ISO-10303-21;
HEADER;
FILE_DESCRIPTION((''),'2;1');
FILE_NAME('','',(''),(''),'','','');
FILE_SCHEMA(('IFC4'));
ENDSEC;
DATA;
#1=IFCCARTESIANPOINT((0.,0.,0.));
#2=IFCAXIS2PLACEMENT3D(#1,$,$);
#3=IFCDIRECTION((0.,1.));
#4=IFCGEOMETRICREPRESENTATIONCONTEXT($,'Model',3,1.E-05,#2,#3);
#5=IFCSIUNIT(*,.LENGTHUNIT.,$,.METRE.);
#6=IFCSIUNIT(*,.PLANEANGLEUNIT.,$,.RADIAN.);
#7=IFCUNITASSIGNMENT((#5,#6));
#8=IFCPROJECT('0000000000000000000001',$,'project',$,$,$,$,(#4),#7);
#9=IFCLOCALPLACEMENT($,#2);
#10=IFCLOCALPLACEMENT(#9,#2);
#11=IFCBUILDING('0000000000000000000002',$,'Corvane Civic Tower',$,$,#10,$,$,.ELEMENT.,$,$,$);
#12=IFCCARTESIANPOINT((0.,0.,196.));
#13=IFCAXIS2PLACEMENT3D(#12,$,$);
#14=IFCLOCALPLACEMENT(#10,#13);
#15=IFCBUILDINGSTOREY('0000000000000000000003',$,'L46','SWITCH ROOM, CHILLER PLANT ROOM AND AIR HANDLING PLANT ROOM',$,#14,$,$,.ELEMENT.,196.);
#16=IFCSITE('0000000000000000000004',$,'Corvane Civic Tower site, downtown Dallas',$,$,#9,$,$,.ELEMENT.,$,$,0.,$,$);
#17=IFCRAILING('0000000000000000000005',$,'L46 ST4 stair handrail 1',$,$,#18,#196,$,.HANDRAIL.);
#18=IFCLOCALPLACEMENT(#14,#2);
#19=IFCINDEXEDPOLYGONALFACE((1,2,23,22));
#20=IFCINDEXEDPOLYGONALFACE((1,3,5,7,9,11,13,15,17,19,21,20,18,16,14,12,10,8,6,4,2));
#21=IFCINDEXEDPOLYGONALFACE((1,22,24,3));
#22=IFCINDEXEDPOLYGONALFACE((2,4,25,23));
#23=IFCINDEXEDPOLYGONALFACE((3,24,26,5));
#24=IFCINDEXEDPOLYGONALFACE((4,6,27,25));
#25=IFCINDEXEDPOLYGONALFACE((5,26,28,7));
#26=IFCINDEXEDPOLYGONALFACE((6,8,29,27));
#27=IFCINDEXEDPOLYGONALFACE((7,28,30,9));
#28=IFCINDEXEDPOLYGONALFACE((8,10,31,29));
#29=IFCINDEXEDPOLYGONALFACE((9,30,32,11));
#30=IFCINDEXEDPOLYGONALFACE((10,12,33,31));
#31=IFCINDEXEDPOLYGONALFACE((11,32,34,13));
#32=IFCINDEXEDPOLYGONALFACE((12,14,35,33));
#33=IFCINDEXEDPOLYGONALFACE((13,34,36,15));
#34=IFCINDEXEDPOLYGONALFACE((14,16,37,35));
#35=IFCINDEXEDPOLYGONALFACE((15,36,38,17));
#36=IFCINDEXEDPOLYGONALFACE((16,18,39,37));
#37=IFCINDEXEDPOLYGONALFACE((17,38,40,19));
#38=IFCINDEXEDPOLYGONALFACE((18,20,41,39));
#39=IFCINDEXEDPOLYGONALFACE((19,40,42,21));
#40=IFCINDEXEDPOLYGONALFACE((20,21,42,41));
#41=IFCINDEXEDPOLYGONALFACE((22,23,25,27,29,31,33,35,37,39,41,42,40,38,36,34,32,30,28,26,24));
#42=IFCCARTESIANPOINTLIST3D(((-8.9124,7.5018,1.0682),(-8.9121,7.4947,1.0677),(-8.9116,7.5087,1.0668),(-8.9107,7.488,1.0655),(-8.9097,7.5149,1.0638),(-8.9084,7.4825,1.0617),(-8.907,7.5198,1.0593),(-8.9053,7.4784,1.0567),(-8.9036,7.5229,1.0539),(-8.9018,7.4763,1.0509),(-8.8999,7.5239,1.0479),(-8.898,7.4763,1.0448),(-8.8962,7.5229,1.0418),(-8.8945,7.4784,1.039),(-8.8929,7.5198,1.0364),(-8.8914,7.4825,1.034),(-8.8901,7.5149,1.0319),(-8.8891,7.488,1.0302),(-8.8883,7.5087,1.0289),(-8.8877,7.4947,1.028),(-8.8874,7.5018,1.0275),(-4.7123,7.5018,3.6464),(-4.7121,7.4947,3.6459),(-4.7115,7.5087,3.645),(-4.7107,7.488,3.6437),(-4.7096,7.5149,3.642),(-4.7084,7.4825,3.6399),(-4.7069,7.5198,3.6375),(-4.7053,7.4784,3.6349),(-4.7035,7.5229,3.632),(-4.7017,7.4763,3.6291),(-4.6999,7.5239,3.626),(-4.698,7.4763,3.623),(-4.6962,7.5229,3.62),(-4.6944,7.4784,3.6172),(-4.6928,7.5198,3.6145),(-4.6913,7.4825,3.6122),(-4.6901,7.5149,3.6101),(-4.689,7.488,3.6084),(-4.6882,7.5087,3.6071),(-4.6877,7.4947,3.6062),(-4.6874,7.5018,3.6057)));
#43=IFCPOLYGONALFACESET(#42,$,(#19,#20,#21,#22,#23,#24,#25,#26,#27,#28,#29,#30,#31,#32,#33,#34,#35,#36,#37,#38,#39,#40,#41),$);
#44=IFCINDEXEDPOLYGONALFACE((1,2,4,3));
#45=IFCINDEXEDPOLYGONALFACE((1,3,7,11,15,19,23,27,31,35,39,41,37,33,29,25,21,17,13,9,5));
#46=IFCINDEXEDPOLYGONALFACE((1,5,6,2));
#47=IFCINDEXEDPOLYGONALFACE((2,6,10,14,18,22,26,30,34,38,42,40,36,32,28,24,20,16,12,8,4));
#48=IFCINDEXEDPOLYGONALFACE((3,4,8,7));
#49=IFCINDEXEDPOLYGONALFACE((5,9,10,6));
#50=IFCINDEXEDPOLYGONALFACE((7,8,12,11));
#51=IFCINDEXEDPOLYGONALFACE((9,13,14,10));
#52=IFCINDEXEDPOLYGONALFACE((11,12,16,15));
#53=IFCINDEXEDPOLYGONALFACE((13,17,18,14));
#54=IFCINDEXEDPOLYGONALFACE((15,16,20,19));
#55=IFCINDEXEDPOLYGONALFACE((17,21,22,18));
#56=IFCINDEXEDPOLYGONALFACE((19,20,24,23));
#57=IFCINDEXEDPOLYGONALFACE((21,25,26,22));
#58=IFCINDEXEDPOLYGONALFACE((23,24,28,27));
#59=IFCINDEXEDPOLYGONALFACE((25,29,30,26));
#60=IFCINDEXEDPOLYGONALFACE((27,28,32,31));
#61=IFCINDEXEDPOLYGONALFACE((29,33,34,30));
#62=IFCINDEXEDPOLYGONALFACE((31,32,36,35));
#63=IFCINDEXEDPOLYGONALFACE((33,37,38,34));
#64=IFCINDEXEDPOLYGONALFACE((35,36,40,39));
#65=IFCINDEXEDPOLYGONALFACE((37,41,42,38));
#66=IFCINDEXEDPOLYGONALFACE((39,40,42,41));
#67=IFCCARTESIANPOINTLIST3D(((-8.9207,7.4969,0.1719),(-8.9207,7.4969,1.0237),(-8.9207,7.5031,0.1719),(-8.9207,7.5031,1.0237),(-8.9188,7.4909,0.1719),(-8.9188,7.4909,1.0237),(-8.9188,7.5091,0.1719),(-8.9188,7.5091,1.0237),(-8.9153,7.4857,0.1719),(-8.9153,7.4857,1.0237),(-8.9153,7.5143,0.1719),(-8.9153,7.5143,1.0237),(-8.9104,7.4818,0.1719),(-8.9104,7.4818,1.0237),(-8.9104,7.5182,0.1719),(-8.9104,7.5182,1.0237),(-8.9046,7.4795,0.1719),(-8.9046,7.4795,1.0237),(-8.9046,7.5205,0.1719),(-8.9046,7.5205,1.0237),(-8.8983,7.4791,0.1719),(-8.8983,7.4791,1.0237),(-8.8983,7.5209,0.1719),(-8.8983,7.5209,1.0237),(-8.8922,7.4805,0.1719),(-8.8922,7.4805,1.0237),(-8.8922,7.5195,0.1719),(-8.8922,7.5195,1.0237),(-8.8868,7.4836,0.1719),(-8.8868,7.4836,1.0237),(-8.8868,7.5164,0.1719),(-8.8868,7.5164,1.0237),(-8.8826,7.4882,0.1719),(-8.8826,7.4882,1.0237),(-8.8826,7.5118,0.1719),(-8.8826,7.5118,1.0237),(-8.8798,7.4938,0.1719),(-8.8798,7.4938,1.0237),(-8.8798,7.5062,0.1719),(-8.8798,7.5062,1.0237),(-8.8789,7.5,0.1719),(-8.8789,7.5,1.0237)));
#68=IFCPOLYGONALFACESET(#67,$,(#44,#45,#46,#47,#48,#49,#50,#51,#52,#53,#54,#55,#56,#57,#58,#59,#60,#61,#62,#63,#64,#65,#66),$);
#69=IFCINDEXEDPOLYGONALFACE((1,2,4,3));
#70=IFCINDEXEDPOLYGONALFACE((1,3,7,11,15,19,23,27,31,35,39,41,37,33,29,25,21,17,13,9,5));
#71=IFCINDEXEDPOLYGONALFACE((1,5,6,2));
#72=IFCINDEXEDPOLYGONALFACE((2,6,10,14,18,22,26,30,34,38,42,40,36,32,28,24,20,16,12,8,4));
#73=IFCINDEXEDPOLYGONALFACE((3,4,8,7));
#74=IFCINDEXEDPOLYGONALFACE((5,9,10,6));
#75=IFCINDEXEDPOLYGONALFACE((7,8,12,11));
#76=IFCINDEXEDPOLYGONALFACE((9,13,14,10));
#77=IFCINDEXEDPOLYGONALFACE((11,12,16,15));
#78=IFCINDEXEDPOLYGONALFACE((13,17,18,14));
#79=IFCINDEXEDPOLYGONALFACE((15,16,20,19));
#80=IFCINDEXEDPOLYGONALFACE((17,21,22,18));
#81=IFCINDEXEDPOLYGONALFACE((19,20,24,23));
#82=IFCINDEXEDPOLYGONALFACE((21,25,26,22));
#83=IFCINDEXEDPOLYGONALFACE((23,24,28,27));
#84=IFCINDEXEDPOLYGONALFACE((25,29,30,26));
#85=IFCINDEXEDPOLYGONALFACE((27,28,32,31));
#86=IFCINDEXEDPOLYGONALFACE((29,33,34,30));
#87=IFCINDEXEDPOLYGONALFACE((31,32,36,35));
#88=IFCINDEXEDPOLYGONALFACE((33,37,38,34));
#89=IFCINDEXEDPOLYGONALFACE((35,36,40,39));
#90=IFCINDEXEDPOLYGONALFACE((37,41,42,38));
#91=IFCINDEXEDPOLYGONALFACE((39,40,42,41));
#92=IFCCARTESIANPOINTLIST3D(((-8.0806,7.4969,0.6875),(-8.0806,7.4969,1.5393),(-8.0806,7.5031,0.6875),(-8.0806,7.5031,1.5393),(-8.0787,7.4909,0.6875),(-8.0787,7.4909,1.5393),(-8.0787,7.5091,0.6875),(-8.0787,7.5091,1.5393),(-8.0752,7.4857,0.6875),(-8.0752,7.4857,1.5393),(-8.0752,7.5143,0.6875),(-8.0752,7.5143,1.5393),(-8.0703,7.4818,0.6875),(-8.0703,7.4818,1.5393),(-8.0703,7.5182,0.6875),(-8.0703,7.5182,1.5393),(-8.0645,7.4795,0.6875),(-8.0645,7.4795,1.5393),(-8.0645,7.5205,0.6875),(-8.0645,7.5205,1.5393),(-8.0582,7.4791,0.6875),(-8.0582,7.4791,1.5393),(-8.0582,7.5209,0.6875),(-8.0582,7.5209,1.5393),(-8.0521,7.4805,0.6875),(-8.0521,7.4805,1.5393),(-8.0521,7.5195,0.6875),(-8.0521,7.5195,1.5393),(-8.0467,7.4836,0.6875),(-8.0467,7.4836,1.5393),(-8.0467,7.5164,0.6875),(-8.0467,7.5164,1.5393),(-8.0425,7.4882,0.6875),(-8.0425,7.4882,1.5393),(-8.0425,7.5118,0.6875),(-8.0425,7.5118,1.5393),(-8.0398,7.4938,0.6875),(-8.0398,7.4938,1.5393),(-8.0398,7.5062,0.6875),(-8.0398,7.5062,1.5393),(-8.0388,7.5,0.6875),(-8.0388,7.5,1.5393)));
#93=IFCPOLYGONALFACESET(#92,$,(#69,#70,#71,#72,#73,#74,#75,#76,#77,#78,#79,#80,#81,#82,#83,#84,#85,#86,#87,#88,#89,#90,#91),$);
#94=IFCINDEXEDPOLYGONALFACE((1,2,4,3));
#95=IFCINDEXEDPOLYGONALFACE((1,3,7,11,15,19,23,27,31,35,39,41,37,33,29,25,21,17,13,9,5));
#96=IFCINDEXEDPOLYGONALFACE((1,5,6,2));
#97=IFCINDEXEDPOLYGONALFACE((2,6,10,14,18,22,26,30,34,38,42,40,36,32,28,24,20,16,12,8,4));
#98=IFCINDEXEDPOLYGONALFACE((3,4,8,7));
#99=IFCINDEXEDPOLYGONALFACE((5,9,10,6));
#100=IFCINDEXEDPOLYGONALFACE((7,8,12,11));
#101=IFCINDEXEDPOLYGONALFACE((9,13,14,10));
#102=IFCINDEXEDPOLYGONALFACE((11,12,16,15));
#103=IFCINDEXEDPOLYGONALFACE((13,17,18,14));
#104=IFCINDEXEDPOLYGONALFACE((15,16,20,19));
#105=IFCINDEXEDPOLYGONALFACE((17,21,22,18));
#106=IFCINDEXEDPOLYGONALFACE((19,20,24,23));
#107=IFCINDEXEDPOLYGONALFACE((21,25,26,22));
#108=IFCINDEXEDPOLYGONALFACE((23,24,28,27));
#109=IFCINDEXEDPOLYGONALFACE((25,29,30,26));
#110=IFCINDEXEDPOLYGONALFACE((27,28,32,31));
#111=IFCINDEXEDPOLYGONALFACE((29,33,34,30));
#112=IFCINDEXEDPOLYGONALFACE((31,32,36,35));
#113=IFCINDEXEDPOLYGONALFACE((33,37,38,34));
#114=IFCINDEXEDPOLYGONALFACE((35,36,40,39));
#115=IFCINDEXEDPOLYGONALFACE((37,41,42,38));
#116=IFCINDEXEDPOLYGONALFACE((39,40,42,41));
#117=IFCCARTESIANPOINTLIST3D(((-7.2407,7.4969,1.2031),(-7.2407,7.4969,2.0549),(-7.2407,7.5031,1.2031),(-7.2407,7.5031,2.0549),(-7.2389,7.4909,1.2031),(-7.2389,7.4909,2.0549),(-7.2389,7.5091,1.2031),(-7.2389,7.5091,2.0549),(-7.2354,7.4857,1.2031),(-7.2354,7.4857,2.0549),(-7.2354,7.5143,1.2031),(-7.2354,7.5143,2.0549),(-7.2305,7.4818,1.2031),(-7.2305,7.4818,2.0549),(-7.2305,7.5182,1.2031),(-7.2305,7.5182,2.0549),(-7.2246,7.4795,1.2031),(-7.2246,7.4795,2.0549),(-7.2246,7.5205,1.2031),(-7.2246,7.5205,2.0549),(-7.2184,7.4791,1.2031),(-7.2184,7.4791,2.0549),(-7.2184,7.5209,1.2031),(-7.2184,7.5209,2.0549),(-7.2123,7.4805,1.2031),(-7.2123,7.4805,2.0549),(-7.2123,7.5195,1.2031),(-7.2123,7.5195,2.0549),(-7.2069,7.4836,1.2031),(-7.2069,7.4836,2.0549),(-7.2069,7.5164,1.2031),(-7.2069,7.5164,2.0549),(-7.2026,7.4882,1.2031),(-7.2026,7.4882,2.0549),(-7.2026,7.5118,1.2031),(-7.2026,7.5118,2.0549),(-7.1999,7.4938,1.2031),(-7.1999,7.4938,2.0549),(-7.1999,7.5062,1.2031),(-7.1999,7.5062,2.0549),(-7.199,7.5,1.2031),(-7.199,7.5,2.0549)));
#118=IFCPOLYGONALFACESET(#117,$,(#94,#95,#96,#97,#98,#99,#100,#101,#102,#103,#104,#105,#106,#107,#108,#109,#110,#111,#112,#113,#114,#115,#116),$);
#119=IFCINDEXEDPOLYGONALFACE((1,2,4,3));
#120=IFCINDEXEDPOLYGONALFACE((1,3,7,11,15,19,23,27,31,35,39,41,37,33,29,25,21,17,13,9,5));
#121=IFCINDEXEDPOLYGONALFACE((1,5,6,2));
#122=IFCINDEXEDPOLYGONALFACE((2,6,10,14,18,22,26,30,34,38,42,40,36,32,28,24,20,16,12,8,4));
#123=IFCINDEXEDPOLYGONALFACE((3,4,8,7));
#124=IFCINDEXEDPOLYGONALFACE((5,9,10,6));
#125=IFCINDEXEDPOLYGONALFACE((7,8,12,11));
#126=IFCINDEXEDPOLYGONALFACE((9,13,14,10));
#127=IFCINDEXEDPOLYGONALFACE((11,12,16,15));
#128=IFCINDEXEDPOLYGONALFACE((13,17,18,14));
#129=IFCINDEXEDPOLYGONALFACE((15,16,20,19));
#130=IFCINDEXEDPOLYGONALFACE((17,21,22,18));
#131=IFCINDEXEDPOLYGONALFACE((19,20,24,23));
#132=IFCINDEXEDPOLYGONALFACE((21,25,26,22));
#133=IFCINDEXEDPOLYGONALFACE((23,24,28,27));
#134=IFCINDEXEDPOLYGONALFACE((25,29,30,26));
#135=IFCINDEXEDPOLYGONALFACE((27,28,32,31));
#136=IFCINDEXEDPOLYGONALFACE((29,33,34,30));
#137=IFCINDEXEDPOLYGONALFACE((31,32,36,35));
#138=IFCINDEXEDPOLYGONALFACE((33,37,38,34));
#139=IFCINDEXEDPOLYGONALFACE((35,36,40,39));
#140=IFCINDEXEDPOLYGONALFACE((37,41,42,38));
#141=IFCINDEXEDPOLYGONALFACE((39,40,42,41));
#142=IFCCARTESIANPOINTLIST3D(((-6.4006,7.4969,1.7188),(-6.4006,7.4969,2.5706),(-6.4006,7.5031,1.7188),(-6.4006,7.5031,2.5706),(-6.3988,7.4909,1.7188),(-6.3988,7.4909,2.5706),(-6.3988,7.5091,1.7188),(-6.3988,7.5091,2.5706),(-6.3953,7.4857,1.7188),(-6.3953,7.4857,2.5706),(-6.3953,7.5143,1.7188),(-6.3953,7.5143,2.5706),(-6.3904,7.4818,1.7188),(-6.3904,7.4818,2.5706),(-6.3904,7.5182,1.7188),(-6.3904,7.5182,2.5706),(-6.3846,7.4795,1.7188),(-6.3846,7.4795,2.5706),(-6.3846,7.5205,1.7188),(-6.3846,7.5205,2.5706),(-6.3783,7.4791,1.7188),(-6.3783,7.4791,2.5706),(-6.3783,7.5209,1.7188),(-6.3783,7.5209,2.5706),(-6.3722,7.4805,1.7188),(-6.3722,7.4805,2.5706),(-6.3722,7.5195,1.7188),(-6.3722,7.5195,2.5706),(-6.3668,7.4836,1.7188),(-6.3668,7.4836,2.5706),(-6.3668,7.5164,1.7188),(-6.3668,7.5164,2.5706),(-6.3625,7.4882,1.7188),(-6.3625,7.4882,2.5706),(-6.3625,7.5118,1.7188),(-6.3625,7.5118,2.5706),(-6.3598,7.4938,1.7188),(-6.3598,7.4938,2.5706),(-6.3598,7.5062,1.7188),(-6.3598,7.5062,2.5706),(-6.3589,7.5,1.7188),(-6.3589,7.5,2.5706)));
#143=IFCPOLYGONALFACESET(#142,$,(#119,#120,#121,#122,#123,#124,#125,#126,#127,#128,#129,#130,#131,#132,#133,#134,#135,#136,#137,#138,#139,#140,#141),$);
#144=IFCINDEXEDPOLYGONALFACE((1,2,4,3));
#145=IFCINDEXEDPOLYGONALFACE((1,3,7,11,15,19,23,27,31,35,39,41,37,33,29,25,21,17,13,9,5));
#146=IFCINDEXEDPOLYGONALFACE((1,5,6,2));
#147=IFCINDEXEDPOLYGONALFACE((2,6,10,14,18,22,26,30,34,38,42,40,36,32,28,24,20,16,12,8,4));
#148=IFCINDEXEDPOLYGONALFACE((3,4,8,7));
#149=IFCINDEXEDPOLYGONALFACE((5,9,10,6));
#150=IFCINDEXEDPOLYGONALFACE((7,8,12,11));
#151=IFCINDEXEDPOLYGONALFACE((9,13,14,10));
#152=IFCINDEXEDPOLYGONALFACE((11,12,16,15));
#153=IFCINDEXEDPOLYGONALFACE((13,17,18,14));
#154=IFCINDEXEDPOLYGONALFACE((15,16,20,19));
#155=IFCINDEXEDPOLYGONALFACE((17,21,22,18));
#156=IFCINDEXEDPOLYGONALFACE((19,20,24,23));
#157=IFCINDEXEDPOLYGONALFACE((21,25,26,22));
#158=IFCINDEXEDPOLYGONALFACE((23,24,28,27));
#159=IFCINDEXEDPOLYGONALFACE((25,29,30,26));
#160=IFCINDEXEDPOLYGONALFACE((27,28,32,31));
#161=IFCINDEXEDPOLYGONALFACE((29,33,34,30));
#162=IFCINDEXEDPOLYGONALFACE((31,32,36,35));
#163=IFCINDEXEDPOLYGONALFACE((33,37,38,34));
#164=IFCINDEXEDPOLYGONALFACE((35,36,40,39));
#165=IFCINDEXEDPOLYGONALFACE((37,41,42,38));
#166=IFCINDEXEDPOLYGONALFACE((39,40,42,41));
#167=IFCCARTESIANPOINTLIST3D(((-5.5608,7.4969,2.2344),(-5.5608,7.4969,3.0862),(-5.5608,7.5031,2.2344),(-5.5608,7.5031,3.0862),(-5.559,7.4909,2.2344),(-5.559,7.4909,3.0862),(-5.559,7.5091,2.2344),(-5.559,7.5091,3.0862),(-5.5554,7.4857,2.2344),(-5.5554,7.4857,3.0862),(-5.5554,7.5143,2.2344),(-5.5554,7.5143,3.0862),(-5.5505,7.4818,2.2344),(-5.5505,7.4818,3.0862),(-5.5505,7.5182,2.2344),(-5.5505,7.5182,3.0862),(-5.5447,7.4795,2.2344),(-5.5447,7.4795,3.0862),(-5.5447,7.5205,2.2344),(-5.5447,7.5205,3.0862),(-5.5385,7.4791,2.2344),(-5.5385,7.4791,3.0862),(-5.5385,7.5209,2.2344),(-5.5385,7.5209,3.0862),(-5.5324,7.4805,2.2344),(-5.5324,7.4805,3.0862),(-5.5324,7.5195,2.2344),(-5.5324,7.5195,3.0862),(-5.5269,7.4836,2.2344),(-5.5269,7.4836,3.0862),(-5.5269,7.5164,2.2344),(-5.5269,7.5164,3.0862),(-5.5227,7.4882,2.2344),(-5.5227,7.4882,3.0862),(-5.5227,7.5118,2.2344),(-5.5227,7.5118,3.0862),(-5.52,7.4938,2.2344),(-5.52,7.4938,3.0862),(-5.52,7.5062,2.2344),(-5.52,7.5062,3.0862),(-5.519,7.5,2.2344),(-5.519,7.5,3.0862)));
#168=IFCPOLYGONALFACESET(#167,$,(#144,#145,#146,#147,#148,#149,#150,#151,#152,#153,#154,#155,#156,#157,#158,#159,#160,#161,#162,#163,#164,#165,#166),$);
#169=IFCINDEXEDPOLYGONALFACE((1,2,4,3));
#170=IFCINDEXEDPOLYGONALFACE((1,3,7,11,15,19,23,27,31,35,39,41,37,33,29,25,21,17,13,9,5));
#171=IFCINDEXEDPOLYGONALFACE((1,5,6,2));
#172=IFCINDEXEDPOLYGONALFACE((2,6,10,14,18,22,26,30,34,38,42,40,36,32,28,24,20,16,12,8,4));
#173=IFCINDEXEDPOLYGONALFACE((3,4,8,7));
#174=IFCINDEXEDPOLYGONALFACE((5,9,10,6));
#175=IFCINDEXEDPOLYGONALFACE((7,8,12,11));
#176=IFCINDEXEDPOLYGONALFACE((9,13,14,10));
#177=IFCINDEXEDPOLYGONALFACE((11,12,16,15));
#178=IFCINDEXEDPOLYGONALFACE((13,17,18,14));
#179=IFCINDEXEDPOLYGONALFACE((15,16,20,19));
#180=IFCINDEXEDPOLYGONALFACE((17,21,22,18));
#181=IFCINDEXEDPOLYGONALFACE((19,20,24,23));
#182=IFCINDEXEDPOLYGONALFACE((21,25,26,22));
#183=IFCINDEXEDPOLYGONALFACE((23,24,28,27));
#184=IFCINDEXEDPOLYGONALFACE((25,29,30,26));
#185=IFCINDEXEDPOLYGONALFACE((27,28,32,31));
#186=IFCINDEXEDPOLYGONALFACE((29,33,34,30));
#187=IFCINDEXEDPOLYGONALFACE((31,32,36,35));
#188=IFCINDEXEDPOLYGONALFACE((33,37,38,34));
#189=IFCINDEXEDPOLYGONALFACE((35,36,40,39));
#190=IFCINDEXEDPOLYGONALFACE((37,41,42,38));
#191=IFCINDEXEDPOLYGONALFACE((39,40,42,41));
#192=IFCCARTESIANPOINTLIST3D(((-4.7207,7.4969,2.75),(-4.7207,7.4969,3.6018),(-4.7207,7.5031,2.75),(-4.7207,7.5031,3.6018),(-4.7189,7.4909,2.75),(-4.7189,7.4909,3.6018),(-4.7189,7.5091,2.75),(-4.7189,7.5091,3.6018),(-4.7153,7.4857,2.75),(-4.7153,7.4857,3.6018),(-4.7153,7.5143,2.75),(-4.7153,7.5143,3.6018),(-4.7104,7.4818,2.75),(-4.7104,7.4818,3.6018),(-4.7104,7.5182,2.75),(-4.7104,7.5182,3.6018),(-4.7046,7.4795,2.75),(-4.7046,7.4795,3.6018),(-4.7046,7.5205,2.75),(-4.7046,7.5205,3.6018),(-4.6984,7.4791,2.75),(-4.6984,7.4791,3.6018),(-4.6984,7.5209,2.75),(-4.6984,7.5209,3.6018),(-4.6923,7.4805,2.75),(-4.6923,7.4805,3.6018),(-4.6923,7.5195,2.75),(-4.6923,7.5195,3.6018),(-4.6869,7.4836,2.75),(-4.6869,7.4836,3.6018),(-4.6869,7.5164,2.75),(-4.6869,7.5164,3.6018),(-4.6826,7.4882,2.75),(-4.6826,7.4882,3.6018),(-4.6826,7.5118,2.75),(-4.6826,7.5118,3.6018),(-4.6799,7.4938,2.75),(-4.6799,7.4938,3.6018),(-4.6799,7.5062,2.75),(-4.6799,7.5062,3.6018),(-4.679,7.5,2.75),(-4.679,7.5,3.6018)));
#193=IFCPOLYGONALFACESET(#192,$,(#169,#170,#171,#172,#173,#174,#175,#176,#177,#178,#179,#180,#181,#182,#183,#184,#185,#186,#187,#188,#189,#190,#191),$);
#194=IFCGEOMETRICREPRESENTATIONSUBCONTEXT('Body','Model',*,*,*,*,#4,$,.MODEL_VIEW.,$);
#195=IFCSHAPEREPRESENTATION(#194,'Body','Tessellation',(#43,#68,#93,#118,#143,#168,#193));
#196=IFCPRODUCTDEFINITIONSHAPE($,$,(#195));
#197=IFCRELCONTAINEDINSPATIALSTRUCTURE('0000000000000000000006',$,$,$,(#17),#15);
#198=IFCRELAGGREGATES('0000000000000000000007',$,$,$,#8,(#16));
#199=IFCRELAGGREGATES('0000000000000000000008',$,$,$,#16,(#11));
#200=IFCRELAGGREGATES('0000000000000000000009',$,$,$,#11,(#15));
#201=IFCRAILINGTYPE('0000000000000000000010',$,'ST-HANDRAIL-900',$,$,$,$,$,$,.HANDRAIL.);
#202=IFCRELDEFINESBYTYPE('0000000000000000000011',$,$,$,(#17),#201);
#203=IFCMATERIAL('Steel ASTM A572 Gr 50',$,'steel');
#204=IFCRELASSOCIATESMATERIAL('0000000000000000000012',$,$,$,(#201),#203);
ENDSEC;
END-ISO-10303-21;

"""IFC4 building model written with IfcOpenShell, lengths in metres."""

from ifc_helpers import new_model, si_unit, direction, frame, origin, origin_2d, place, context, subcontext, project, spatial, circle, extrude, material, type_object, element, save


model = new_model("IFC4")

# Units and contexts
model_context = context("Model", 3, precision=1e-05, world=origin(), true_north=direction((0.0, 1.0)))
body_context = subcontext(model_context, "Body", "Model", "MODEL_VIEW")
ifc_project = project(units=[si_unit("LENGTHUNIT", "METRE"), si_unit("PLANEANGLEUNIT", "RADIAN")], contexts=[model_context])

# Site, building, storey
site_placement = place(None, origin())
site = spatial("IfcSite", under=ifc_project, at=site_placement, Name="Corvane Civic Tower site, downtown Dallas", CompositionType="ELEMENT", RefElevation=0.0)
building_placement = place(site_placement, origin())
building = spatial("IfcBuilding", under=site, at=building_placement, Name="Corvane Civic Tower", CompositionType="ELEMENT")
storey_placement = place(building_placement, frame((0.0, 0.0, 196.0)))
storey = spatial("IfcBuildingStorey", under=building, at=storey_placement, Name="L46", Description="SWITCH ROOM, CHILLER PLANT ROOM AND AIR HANDLING PLANT ROOM", CompositionType="ELEMENT", Elevation=196.0)

# Railing
ifc_material_1 = material(Name="Steel ASTM A572 Gr 50", Category="steel")
railing_type_1 = type_object("IfcRailingType", Name="ST-HANDRAIL-900", PredefinedType="HANDRAIL", material=ifc_material_1)
railing_1_placement = place(storey_placement, frame((-8.8999, 7.5, 0.1719)))
element("IfcRailing", 1, at=railing_1_placement, inside=storey, type_object=railing_type_1, Name="L46 ST4 stair handrail 1", PredefinedType="HANDRAIL", context=body_context, shape_type="SweptSolid", body=[
    extrude(circle(Radius=0.0239, at=origin_2d()), frame((0.0, 0.0, 0.876), z_axis=(0.852243, 0.0, 0.523146), x_axis=(0.0, 1.0, 0.0)), (0.0, 0.0, 1.0), 4.9282),
    extrude(circle(Radius=0.021, at=origin_2d()), origin(), (0.0, 0.0, 1.0), 0.8518),
    extrude(circle(Radius=0.021, at=origin_2d()), frame((0.8401, 0.0, 0.5156)), (0.0, 0.0, 1.0), 0.8518),
    extrude(circle(Radius=0.021, at=origin_2d()), frame((1.6799, 0.0, 1.0312)), (0.0, 0.0, 1.0), 0.8518),
    extrude(circle(Radius=0.021, at=origin_2d()), frame((2.52, 0.0, 1.5469)), (0.0, 0.0, 1.0), 0.8518),
    extrude(circle(Radius=0.021, at=origin_2d()), frame((3.3599, 0.0, 2.0625)), (0.0, 0.0, 1.0), 0.8518),
    extrude(circle(Radius=0.021, at=origin_2d()), frame((4.2, 0.0, 2.5781)), (0.0, 0.0, 1.0), 0.8518),
])

save(model, "model.ifc")
